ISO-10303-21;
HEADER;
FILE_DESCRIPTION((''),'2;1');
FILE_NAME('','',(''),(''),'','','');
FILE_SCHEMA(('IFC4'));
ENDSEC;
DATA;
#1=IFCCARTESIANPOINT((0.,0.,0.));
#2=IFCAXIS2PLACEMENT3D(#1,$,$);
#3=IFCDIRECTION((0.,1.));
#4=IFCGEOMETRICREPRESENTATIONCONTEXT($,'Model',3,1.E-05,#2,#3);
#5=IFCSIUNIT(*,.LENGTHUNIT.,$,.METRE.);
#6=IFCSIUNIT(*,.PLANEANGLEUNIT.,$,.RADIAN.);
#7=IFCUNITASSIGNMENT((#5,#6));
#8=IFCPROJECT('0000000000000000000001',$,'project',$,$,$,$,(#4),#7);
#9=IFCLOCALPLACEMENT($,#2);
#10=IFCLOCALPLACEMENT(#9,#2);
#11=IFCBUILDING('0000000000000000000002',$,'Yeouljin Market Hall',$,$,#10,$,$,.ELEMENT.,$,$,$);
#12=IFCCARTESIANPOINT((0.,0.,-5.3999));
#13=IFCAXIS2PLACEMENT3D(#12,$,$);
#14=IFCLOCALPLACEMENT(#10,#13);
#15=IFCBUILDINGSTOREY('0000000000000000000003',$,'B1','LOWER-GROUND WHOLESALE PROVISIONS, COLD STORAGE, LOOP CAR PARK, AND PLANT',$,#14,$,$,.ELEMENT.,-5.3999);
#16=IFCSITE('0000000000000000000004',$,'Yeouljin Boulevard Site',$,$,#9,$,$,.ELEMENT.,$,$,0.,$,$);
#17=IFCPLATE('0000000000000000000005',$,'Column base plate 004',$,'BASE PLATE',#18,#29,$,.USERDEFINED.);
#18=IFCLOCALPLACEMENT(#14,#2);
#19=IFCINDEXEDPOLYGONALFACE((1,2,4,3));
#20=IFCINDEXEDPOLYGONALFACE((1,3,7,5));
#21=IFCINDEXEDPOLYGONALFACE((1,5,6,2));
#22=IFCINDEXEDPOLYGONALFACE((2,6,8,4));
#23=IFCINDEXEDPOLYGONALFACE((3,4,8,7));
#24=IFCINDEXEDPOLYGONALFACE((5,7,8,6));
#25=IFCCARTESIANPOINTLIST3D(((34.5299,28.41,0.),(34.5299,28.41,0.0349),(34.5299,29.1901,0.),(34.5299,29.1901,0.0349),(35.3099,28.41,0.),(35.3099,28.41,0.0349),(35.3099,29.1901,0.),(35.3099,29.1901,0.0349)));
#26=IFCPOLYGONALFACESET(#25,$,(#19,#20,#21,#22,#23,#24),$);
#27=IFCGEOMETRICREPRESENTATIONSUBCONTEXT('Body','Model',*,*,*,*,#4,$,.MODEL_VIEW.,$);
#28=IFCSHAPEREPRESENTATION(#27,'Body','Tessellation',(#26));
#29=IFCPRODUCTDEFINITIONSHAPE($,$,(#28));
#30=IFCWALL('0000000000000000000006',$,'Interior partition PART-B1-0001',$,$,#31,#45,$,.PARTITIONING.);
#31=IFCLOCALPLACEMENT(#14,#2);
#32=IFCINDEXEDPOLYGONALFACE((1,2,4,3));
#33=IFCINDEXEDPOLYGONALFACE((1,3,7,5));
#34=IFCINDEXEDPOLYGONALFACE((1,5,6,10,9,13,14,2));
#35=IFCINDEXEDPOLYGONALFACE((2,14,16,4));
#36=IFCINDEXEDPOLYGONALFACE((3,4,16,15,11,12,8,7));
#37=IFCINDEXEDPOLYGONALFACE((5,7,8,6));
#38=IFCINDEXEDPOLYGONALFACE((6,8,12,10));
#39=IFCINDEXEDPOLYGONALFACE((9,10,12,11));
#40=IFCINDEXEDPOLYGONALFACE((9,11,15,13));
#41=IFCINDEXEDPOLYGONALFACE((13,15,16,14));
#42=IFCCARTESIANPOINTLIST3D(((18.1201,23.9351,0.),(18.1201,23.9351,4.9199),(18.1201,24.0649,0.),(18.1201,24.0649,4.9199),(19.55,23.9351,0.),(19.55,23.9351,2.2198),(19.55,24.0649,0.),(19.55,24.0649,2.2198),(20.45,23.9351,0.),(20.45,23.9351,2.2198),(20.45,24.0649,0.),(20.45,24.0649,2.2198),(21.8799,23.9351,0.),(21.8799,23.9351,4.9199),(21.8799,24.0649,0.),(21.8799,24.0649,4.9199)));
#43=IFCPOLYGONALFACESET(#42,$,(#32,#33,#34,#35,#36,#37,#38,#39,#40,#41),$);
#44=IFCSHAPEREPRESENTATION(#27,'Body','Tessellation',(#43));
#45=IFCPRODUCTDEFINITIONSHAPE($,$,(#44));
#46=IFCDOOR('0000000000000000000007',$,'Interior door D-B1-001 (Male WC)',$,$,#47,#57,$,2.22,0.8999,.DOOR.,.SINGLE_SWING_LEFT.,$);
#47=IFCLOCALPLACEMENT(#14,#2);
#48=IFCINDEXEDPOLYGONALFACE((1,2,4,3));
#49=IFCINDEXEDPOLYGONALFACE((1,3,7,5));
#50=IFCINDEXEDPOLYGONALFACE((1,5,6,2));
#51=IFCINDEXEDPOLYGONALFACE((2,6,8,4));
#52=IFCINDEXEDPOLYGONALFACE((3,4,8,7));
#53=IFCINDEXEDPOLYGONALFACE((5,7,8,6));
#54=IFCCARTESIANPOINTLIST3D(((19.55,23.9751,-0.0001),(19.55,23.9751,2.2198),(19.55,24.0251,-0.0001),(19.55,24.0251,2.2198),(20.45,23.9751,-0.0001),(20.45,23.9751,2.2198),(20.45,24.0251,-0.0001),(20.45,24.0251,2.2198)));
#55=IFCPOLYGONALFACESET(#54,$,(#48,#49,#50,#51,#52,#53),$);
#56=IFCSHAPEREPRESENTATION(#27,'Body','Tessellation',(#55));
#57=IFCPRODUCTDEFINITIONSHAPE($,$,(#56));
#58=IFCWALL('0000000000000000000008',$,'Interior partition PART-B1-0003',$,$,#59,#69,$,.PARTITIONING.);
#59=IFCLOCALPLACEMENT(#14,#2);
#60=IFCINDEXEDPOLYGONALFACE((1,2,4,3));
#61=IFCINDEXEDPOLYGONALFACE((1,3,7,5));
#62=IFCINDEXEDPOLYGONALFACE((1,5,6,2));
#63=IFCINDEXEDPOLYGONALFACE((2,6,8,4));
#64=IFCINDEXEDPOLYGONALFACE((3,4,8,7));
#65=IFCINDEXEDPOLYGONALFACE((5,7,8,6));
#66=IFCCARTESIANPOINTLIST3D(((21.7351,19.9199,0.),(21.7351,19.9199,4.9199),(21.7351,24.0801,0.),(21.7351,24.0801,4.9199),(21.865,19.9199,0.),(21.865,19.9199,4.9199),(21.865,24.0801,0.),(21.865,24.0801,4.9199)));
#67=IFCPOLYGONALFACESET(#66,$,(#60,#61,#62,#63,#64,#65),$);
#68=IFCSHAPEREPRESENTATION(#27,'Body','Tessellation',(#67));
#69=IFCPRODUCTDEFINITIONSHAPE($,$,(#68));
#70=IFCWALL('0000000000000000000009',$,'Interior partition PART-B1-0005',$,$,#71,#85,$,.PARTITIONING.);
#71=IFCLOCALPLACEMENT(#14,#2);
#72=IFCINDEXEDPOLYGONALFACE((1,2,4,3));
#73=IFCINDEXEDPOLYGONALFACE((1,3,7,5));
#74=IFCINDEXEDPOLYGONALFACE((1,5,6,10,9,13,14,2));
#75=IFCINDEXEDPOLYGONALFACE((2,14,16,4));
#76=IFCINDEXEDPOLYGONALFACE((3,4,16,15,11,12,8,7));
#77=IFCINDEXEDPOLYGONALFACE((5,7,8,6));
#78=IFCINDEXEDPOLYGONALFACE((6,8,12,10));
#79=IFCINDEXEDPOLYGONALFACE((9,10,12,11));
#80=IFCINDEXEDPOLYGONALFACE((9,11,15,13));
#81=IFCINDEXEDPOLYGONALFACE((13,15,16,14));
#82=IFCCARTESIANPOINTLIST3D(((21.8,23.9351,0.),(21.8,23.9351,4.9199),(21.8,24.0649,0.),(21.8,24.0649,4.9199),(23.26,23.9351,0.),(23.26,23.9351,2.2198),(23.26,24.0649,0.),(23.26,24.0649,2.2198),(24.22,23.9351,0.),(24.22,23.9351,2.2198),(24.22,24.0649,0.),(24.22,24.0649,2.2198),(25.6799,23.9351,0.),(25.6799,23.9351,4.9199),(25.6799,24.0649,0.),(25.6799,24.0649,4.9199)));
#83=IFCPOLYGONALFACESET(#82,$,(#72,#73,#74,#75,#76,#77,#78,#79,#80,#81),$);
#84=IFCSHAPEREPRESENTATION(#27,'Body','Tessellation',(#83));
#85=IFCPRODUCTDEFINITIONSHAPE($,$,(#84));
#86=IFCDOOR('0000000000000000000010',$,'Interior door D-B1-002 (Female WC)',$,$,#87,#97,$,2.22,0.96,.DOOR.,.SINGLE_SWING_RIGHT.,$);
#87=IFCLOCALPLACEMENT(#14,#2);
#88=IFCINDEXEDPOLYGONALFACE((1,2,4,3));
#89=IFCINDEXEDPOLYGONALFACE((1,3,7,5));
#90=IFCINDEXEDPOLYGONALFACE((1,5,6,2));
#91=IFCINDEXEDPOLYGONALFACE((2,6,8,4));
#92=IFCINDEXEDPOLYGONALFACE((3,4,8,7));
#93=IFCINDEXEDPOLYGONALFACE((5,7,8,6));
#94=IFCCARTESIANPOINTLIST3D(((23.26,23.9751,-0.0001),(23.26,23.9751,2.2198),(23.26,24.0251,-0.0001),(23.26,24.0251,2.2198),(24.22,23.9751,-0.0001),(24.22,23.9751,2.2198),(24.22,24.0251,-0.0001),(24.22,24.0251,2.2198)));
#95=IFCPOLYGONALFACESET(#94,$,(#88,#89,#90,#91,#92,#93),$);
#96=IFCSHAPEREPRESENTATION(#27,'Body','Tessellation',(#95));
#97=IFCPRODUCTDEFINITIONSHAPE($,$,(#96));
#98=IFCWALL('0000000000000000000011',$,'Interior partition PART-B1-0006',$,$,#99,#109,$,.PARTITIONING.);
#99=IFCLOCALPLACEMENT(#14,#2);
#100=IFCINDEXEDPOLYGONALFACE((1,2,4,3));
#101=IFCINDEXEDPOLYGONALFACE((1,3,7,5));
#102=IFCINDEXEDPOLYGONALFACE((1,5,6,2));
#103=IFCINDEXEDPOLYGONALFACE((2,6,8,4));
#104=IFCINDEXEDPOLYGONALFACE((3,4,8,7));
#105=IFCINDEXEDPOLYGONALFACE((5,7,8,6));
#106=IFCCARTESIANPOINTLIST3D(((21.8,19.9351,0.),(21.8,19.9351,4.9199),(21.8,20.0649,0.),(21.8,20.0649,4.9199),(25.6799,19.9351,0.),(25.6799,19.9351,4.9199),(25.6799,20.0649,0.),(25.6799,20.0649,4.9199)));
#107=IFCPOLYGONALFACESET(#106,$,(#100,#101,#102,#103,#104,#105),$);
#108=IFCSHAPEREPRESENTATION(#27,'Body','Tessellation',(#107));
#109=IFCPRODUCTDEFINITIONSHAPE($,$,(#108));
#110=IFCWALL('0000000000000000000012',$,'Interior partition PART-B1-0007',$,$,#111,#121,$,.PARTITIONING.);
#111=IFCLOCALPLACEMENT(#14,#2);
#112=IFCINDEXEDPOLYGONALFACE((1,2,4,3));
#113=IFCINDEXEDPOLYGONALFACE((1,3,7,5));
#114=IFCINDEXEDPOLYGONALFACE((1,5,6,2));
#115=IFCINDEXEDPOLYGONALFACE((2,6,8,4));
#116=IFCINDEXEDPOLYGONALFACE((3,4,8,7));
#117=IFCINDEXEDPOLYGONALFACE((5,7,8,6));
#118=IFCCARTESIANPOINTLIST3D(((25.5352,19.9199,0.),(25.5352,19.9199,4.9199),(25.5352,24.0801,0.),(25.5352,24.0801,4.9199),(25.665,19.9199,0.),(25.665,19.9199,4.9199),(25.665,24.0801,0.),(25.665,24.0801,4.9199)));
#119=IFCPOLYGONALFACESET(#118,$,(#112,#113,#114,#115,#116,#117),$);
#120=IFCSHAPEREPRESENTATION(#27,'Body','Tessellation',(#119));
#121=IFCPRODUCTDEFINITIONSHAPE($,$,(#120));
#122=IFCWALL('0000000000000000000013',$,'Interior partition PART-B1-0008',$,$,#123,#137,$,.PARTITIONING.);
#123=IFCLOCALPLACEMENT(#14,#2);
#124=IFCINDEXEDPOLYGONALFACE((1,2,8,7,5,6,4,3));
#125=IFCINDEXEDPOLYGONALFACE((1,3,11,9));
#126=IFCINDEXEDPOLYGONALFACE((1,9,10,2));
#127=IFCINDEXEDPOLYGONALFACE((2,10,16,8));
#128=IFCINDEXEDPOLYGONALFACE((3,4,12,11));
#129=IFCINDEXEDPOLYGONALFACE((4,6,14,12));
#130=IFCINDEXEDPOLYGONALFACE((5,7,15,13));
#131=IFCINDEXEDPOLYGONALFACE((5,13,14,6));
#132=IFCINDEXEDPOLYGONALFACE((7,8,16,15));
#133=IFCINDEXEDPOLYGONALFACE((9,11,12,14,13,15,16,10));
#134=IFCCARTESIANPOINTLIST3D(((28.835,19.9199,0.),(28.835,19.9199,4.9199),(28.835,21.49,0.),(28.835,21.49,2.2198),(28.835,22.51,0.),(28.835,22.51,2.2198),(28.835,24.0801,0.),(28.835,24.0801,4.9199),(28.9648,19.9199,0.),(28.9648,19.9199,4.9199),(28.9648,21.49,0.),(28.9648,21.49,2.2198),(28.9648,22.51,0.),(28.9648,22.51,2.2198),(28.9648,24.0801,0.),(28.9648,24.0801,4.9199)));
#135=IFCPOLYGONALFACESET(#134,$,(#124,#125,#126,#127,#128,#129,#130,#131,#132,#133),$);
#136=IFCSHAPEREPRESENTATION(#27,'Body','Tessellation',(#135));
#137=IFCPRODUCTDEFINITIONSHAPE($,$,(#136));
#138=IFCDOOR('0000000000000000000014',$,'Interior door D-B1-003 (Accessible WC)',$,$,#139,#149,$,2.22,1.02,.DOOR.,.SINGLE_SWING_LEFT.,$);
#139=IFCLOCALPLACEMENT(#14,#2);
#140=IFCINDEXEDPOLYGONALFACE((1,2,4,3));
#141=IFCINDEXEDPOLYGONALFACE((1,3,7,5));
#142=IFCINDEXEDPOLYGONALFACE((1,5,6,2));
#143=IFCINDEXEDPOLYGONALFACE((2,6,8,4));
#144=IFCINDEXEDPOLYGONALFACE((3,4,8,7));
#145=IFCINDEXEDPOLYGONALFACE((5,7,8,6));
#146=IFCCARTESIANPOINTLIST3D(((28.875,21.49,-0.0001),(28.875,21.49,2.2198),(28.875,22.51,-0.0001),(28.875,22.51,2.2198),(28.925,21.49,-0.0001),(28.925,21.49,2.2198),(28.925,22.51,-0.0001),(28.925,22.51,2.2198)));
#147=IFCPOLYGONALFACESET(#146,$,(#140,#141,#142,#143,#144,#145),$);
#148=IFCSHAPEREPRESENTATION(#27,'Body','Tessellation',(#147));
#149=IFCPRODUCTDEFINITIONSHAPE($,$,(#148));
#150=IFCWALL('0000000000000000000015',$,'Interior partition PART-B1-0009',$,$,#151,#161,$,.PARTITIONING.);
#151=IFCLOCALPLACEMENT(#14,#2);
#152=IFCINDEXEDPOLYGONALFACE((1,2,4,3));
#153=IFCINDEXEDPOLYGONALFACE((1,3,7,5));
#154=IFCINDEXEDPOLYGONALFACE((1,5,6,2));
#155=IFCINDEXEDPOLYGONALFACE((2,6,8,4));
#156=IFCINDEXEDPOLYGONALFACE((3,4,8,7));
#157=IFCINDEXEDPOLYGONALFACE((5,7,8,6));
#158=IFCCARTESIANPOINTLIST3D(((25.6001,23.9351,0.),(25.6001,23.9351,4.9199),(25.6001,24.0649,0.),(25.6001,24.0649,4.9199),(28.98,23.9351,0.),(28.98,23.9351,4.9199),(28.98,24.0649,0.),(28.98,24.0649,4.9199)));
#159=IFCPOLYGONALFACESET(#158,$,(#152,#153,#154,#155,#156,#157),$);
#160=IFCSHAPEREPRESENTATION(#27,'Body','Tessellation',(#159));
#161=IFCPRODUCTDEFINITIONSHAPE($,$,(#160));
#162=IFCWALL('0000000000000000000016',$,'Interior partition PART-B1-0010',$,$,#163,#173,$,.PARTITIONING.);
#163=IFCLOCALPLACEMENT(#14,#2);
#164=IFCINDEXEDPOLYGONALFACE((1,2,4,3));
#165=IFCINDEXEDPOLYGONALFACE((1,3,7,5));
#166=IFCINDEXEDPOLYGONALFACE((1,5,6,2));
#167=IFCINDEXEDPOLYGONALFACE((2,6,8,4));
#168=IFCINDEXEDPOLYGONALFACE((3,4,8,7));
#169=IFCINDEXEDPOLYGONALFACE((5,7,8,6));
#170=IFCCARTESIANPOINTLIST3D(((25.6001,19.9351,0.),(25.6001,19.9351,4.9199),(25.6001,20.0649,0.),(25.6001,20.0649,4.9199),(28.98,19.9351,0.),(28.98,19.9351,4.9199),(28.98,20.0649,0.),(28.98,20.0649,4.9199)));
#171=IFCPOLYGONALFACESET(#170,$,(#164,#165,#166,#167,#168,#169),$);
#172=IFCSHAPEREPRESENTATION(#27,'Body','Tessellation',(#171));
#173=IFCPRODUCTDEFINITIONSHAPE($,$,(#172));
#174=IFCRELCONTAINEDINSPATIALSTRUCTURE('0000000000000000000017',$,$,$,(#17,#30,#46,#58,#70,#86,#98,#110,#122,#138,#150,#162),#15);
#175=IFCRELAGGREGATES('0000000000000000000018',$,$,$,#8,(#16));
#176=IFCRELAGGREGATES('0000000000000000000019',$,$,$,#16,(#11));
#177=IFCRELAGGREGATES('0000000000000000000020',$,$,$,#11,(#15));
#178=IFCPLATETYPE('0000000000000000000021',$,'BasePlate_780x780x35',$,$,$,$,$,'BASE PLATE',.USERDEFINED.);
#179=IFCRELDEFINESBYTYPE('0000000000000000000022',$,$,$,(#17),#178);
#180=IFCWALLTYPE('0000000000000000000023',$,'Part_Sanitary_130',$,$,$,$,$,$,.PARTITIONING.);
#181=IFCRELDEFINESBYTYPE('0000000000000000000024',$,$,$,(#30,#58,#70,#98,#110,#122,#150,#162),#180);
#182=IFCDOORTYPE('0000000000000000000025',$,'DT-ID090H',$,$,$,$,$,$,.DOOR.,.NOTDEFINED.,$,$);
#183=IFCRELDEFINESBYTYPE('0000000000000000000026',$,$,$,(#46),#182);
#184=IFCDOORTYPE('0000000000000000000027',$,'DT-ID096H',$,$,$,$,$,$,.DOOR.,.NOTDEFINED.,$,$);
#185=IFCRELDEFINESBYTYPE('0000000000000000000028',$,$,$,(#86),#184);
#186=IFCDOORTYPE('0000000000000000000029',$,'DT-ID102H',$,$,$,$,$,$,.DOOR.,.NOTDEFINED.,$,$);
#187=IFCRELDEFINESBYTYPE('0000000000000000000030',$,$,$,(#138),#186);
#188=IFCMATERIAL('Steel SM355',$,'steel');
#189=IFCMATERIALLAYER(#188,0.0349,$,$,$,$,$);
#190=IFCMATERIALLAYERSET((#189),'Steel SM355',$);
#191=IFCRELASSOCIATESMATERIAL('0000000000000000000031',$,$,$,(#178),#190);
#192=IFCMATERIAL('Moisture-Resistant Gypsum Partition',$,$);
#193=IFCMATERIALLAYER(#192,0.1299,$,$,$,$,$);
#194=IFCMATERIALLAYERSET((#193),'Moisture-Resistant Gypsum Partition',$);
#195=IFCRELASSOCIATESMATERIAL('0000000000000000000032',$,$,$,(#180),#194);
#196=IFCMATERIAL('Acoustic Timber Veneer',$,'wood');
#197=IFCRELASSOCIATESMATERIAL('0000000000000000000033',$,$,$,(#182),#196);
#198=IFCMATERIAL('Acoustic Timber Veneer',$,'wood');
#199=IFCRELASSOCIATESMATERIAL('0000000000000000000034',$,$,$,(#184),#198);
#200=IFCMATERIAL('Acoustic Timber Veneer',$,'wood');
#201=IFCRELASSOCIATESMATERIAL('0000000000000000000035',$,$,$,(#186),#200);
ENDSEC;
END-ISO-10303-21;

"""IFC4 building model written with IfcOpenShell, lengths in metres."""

from ifc_helpers import new_model, si_unit, direction, frame, frame_2d, origin, origin_2d, place, context, subcontext, project, spatial, rectangle, extrude, material, layer, layer_set, type_object, element, fill, save


model = new_model("IFC4")

# Units and contexts
model_context = context("Model", 3, precision=1e-05, world=origin(), true_north=direction((0.0, 1.0)))
body_context = subcontext(model_context, "Body", "Model", "MODEL_VIEW")
ifc_project = project(units=[si_unit("LENGTHUNIT", "METRE"), si_unit("PLANEANGLEUNIT", "RADIAN")], contexts=[model_context])

# Site, building, storey
site_placement = place(None, origin())
site = spatial("IfcSite", under=ifc_project, at=site_placement, Name="Yeouljin Boulevard Site", CompositionType="ELEMENT", RefElevation=0.0)
building_placement = place(site_placement, origin())
building = spatial("IfcBuilding", under=site, at=building_placement, Name="Yeouljin Market Hall", CompositionType="ELEMENT")
storey_placement = place(building_placement, frame((0.0, 0.0, -5.3999)))
storey = spatial("IfcBuildingStorey", under=building, at=storey_placement, Name="B1", Description="LOWER-GROUND WHOLESALE PROVISIONS, COLD STORAGE, LOOP CAR PARK, AND PLANT", CompositionType="ELEMENT", Elevation=-5.3999)

# Plate
ifc_material_1 = material(Name="Steel SM355", Category="steel")
ifc_layer_1 = layer(ifc_material_1, 0.0349)
ifc_layer_set_1 = layer_set([ifc_layer_1], Name="Steel SM355")
plate_type_1 = type_object("IfcPlateType", Name="BasePlate_780x780x35", ElementType="BASE PLATE", PredefinedType="USERDEFINED", material=ifc_layer_set_1)
plate_1_placement = place(storey_placement, frame((34.9199, 28.8, 0.0), z_axis=(0.0, 0.0, 1.0), x_axis=(1.0, 0.0, 0.0)))
element("IfcPlate", 1, at=plate_1_placement, inside=storey, type_object=plate_type_1, Name="Column base plate 004", ObjectType="BASE PLATE", PredefinedType="USERDEFINED", context=body_context, shape_type="SweptSolid", body=[
    extrude(rectangle(XDim=0.78, YDim=0.78, at=origin_2d()), origin(), (0.0, 0.0, 1.0), 0.0349),
])

# Wall, opening, door
ifc_material_2 = material(Name="Moisture-Resistant Gypsum Partition")
ifc_layer_2 = layer(ifc_material_2, 0.1299)
ifc_layer_set_2 = layer_set([ifc_layer_2], Name="Moisture-Resistant Gypsum Partition")
wall_type = type_object("IfcWallType", Name="Part_Sanitary_130", PredefinedType="PARTITIONING", material=ifc_layer_set_2)
wall_1_placement = place(storey_placement, frame((21.8799, 24.0, 0.0), z_axis=(0.0, 0.0, 1.0), x_axis=(-1.0, 0.0, 0.0)))
wall_1 = element("IfcWall", 2, at=wall_1_placement, inside=storey, type_object=wall_type, Name="Interior partition PART-B1-0001", PredefinedType="PARTITIONING", context=body_context, shape_type="SweptSolid", body=[
    extrude(rectangle(XDim=3.7598, YDim=0.1299, at=frame_2d((1.8799, 0.0))), origin(), (0.0, 0.0, 1.0), 4.9199),
])
opening_1_placement = place(wall_1_placement, frame((1.4299, 0.0, 0.0)))
opening_1 = element("IfcOpeningElement", 3, at=opening_1_placement, cuts=wall_1, PredefinedType="OPENING", context=body_context, shape_type="SweptSolid", body=[
    extrude(rectangle(XDim=0.8999, YDim=2.22, at=frame_2d((0.45, 1.1099))), frame((0.0, 0.075, 0.0), z_axis=(0.0, -1.0, 0.0), x_axis=(1.0, 0.0, 0.0)), (0.0, 0.0, 1.0), 0.1499),
])
ifc_material_3 = material(Name="Acoustic Timber Veneer", Category="wood")
door_type_1 = type_object("IfcDoorType", Name="DT-ID090H", OperationType="NOTDEFINED", PredefinedType="DOOR", material=ifc_material_3)
door_1_placement = place(opening_1_placement, origin())
door_1 = element("IfcDoor", 4, at=door_1_placement, inside=storey, type_object=door_type_1, Name="Interior door D-B1-001 (Male WC)", OperationType="SINGLE_SWING_LEFT", OverallHeight=2.22, OverallWidth=0.8999, PredefinedType="DOOR", context=body_context, shape_type="SweptSolid", body=[
    extrude(rectangle(XDim=0.8999, YDim=2.22, at=frame_2d((0.45, 1.1099))), frame((0.0, 0.0249, 0.0), z_axis=(0.0, -1.0, 0.0), x_axis=(1.0, 0.0, 0.0)), (0.0, 0.0, 1.0), 0.05),
])
fill(opening_1, door_1)

# Wall
wall_2_placement = place(storey_placement, frame((21.8, 19.9199, 0.0), z_axis=(0.0, 0.0, 1.0), x_axis=(0.0, 1.0, 0.0)))
element("IfcWall", 5, at=wall_2_placement, inside=storey, type_object=wall_type, Name="Interior partition PART-B1-0003", PredefinedType="PARTITIONING", context=body_context, shape_type="SweptSolid", body=[
    extrude(rectangle(XDim=4.1602, YDim=0.1299, at=frame_2d((2.0801, 0.0))), origin(), (0.0, 0.0, 1.0), 4.9199),
])

# Wall, opening, door
wall_3_placement = place(storey_placement, frame((25.6799, 24.0, 0.0), z_axis=(0.0, 0.0, 1.0), x_axis=(-1.0, 0.0, 0.0)))
wall_3 = element("IfcWall", 6, at=wall_3_placement, inside=storey, type_object=wall_type, Name="Interior partition PART-B1-0005", PredefinedType="PARTITIONING", context=body_context, shape_type="SweptSolid", body=[
    extrude(rectangle(XDim=3.8799, YDim=0.1299, at=frame_2d((1.9399, 0.0))), origin(), (0.0, 0.0, 1.0), 4.9199),
])
opening_2_placement = place(wall_3_placement, frame((1.46, 0.0, 0.0)))
opening_2 = element("IfcOpeningElement", 7, at=opening_2_placement, cuts=wall_3, PredefinedType="OPENING", context=body_context, shape_type="SweptSolid", body=[
    extrude(rectangle(XDim=0.96, YDim=2.22, at=frame_2d((0.48, 1.1099))), frame((0.0, 0.075, 0.0), z_axis=(0.0, -1.0, 0.0), x_axis=(1.0, 0.0, 0.0)), (0.0, 0.0, 1.0), 0.1499),
])
ifc_material_4 = material(Name="Acoustic Timber Veneer", Category="wood")
door_type_2 = type_object("IfcDoorType", Name="DT-ID096H", OperationType="NOTDEFINED", PredefinedType="DOOR", material=ifc_material_4)
door_2_placement = place(opening_2_placement, origin())
door_2 = element("IfcDoor", 8, at=door_2_placement, inside=storey, type_object=door_type_2, Name="Interior door D-B1-002 (Female WC)", OperationType="SINGLE_SWING_RIGHT", OverallHeight=2.22, OverallWidth=0.96, PredefinedType="DOOR", context=body_context, shape_type="SweptSolid", body=[
    extrude(rectangle(XDim=0.96, YDim=2.22, at=frame_2d((0.48, 1.1099))), frame((0.0, 0.0249, 0.0), z_axis=(0.0, -1.0, 0.0), x_axis=(1.0, 0.0, 0.0)), (0.0, 0.0, 1.0), 0.05),
])
fill(opening_2, door_2)

# Walls
wall_4_placement = place(storey_placement, frame((21.8, 20.0, 0.0), z_axis=(0.0, 0.0, 1.0), x_axis=(1.0, 0.0, 0.0)))
element("IfcWall", 9, at=wall_4_placement, inside=storey, type_object=wall_type, Name="Interior partition PART-B1-0006", PredefinedType="PARTITIONING", context=body_context, shape_type="SweptSolid", body=[
    extrude(rectangle(XDim=3.8799, YDim=0.1299, at=frame_2d((1.9399, 0.0))), origin(), (0.0, 0.0, 1.0), 4.9199),
])
wall_5_placement = place(storey_placement, frame((25.6001, 19.9199, 0.0), z_axis=(0.0, 0.0, 1.0), x_axis=(0.0, 1.0, 0.0)))
element("IfcWall", 10, at=wall_5_placement, inside=storey, type_object=wall_type, Name="Interior partition PART-B1-0007", PredefinedType="PARTITIONING", context=body_context, shape_type="SweptSolid", body=[
    extrude(rectangle(XDim=4.1602, YDim=0.1299, at=frame_2d((2.0801, 0.0))), origin(), (0.0, 0.0, 1.0), 4.9199),
])

# Wall, opening, door
wall_6_placement = place(storey_placement, frame((28.8999, 19.9199, 0.0), z_axis=(0.0, 0.0, 1.0), x_axis=(0.0, 1.0, 0.0)))
wall_6 = element("IfcWall", 11, at=wall_6_placement, inside=storey, type_object=wall_type, Name="Interior partition PART-B1-0008", PredefinedType="PARTITIONING", context=body_context, shape_type="SweptSolid", body=[
    extrude(rectangle(XDim=4.1602, YDim=0.1299, at=frame_2d((2.0801, 0.0))), origin(), (0.0, 0.0, 1.0), 4.9199),
])
opening_3_placement = place(wall_6_placement, frame((1.5701, 0.0, 0.0)))
opening_3 = element("IfcOpeningElement", 12, at=opening_3_placement, cuts=wall_6, PredefinedType="OPENING", context=body_context, shape_type="SweptSolid", body=[
    extrude(rectangle(XDim=1.02, YDim=2.22, at=frame_2d((0.51, 1.1099))), frame((0.0, 0.075, 0.0), z_axis=(0.0, -1.0, 0.0), x_axis=(1.0, 0.0, 0.0)), (0.0, 0.0, 1.0), 0.1499),
])
ifc_material_5 = material(Name="Acoustic Timber Veneer", Category="wood")
door_type_3 = type_object("IfcDoorType", Name="DT-ID102H", OperationType="NOTDEFINED", PredefinedType="DOOR", material=ifc_material_5)
door_3_placement = place(opening_3_placement, origin())
door_3 = element("IfcDoor", 13, at=door_3_placement, inside=storey, type_object=door_type_3, Name="Interior door D-B1-003 (Accessible WC)", OperationType="SINGLE_SWING_LEFT", OverallHeight=2.22, OverallWidth=1.02, PredefinedType="DOOR", context=body_context, shape_type="SweptSolid", body=[
    extrude(rectangle(XDim=1.02, YDim=2.22, at=frame_2d((0.51, 1.1099))), frame((0.0, 0.0249, 0.0), z_axis=(0.0, -1.0, 0.0), x_axis=(1.0, 0.0, 0.0)), (0.0, 0.0, 1.0), 0.05),
])
fill(opening_3, door_3)

# Walls
for number, where, z_axis, x_axis, name in (
    (14, (28.98, 24.0, 0.0), (0.0, 0.0, 1.0), (-1.0, 0.0, 0.0), "Interior partition PART-B1-0009"),
    (15, (25.6001, 20.0, 0.0), (0.0, 0.0, 1.0), (1.0, 0.0, 0.0), "Interior partition PART-B1-0010"),
):
    element("IfcWall", number, at=place(storey_placement, frame(where, z_axis=z_axis, x_axis=x_axis)), inside=storey, type_object=wall_type, Name=name, PredefinedType="PARTITIONING", context=body_context, shape_type="SweptSolid", body=[
        extrude(rectangle(XDim=3.3799, YDim=0.1299, at=frame_2d((1.6899, 0.0))), origin(), (0.0, 0.0, 1.0), 4.9199),
    ])

save(model, "model.ifc")
